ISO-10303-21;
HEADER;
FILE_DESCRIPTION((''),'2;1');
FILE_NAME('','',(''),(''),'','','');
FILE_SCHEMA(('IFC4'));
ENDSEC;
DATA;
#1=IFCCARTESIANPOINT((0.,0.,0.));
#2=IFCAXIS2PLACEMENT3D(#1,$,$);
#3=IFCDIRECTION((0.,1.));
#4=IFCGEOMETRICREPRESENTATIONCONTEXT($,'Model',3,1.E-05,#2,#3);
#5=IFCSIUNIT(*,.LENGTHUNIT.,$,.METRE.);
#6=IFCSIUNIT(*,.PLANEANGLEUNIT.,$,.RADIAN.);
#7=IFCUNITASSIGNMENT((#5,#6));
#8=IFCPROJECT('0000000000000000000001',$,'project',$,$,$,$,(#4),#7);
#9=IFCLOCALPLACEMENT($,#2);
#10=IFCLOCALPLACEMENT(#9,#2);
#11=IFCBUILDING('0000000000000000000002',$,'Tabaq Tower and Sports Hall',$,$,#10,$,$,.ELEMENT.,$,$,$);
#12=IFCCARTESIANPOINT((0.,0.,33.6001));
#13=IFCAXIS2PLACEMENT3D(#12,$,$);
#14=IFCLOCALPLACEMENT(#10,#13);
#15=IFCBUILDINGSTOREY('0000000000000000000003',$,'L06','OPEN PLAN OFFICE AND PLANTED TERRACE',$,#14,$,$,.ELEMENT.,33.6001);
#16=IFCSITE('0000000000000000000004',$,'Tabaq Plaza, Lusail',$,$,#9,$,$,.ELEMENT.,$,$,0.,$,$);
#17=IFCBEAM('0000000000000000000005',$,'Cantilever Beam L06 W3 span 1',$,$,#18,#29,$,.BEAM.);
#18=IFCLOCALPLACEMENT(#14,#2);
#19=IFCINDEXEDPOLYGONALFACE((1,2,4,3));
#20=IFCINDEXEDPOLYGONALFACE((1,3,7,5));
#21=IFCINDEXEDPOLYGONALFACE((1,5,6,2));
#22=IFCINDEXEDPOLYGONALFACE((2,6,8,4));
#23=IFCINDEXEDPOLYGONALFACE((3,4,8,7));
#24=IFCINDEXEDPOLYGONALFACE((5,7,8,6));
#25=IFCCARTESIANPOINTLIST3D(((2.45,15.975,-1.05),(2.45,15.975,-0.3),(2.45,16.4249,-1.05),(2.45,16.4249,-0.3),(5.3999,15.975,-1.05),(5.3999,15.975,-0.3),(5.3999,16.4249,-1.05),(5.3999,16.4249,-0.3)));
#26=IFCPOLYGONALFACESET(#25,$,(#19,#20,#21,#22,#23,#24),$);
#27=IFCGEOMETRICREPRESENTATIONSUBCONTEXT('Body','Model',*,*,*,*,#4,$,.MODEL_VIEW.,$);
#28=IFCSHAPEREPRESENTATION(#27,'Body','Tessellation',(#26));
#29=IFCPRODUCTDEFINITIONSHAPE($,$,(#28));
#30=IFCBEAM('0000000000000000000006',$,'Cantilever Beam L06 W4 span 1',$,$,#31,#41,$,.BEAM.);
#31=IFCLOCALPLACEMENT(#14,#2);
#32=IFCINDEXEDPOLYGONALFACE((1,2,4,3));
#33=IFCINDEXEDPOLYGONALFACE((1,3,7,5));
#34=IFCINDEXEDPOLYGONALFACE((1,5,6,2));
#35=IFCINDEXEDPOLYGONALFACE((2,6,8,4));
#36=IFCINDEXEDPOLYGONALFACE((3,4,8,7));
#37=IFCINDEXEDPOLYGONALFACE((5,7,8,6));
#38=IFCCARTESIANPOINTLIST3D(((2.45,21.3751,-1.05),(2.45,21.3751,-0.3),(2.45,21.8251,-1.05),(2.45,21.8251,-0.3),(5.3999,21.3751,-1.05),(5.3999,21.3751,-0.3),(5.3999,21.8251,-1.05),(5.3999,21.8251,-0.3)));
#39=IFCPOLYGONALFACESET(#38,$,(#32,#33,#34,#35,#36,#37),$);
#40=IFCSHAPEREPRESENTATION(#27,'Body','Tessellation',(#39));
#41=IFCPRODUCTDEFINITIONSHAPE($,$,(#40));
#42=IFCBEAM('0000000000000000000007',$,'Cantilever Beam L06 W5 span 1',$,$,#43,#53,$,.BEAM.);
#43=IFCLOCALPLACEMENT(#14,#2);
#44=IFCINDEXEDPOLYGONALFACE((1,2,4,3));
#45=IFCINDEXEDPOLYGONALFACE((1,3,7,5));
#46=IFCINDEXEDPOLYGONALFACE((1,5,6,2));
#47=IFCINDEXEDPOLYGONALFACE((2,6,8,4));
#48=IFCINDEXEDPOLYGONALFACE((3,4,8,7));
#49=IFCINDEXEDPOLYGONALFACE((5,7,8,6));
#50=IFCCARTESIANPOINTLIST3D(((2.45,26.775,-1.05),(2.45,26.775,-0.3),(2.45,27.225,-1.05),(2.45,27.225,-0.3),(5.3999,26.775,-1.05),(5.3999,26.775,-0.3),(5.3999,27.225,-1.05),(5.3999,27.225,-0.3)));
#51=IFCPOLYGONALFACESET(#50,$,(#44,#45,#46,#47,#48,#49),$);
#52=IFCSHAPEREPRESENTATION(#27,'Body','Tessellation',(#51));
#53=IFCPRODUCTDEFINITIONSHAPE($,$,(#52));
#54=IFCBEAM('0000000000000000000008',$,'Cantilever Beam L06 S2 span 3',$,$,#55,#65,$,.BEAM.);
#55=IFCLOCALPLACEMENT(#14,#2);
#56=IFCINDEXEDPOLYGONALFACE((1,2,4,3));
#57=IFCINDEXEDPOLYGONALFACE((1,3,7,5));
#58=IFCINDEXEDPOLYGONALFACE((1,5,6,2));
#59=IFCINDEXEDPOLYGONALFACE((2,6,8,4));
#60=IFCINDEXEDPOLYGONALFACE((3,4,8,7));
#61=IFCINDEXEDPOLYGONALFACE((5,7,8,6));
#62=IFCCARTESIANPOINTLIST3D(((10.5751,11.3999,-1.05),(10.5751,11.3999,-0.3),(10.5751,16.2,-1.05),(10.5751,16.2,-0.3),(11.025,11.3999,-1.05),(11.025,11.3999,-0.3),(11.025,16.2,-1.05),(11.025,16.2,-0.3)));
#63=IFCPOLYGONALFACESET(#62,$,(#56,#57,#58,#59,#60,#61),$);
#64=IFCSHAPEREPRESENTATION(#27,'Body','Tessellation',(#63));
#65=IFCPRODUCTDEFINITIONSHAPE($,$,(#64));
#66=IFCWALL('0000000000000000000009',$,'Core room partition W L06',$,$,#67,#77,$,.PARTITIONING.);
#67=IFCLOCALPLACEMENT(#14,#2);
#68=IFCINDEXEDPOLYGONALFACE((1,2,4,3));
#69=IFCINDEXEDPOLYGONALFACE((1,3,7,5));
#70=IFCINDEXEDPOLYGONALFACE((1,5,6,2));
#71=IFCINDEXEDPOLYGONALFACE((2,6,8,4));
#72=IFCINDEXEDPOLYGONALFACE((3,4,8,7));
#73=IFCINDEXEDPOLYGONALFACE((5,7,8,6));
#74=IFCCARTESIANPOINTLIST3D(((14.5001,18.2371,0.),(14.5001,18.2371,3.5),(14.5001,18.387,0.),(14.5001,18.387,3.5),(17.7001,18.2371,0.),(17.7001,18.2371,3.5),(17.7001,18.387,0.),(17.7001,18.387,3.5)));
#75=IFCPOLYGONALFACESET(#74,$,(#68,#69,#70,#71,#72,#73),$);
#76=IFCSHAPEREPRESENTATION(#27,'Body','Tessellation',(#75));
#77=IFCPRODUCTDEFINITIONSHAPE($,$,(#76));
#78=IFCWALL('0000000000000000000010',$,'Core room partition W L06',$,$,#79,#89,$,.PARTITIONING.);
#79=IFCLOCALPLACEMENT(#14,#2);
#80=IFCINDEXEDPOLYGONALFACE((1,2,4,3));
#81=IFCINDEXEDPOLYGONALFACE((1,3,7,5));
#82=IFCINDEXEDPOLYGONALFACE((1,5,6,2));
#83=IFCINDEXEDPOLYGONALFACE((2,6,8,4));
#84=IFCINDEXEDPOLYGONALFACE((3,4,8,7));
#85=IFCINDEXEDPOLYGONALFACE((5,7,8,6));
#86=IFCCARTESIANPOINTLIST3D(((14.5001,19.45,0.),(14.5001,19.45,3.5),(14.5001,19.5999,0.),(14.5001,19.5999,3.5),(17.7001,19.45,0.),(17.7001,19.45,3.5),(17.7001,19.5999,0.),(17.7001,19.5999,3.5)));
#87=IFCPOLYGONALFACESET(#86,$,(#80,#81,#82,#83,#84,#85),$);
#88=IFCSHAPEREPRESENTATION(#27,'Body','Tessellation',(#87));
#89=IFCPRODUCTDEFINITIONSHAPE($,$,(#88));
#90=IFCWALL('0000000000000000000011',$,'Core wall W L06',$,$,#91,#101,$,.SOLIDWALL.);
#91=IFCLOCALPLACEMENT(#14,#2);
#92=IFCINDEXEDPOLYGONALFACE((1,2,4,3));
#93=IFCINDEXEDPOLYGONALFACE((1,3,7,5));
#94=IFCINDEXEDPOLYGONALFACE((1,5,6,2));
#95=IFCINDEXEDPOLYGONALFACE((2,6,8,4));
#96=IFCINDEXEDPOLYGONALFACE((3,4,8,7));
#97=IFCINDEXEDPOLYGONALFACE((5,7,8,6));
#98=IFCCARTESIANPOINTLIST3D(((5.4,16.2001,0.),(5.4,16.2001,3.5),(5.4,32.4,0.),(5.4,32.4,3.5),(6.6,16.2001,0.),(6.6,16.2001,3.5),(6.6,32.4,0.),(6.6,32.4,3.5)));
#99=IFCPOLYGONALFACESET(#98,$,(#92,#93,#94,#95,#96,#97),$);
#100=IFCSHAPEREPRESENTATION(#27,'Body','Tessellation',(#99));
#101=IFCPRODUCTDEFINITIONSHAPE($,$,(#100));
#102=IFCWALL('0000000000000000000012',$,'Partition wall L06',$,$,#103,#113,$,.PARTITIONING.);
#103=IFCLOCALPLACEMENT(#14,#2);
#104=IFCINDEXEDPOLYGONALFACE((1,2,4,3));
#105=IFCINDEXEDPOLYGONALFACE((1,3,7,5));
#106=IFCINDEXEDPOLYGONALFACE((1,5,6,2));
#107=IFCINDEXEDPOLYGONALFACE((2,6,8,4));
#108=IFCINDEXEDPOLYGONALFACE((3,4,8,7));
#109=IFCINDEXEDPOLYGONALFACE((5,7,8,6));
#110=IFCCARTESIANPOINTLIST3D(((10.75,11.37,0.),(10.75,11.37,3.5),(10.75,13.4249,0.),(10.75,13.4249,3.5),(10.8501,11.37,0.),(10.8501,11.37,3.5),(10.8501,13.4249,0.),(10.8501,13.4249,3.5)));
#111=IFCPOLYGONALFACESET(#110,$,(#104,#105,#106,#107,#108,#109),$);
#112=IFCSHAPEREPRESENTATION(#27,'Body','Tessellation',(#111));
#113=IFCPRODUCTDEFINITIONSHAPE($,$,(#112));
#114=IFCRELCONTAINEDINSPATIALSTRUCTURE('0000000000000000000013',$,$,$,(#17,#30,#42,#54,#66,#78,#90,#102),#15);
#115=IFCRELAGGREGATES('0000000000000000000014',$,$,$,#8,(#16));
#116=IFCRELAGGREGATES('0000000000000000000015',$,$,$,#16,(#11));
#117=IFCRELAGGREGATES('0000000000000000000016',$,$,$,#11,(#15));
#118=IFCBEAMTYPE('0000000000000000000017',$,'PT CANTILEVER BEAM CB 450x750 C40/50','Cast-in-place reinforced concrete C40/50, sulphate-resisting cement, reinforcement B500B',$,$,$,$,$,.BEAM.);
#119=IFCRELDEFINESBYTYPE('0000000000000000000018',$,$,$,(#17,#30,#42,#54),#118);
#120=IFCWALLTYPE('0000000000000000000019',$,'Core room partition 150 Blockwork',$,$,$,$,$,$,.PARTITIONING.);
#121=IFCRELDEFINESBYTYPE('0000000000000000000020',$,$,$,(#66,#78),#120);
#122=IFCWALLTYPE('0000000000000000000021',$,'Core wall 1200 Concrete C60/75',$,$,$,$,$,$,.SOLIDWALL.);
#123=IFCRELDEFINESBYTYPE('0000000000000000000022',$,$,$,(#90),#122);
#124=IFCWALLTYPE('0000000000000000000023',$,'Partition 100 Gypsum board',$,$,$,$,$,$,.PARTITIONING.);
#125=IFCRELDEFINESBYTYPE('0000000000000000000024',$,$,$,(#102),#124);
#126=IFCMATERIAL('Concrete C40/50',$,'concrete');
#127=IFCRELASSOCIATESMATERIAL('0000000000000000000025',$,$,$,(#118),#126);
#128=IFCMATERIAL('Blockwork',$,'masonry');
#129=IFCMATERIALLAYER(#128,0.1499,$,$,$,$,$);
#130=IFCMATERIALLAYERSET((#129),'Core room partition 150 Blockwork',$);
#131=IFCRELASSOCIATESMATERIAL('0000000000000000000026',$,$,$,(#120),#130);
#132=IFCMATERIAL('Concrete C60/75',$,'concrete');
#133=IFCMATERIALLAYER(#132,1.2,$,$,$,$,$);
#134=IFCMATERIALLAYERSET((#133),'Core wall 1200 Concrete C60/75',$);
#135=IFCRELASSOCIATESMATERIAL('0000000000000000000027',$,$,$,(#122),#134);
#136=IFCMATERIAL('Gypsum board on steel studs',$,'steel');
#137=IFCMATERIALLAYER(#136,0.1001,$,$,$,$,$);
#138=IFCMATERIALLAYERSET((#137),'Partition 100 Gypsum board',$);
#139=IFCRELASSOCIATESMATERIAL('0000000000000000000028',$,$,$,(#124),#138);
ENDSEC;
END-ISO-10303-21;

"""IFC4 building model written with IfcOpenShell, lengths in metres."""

from ifc_helpers import new_model, si_unit, direction, frame, frame_2d, origin, origin_2d, place, context, subcontext, project, spatial, rectangle, extrude, material, layer, layer_set, material_profile, profile_set, type_object, element, save


model = new_model("IFC4")

# Units and contexts
model_context = context("Model", 3, precision=1e-05, world=origin(), true_north=direction((0.0, 1.0)))
body_context = subcontext(model_context, "Body", "Model", "MODEL_VIEW")
ifc_project = project(units=[si_unit("LENGTHUNIT", "METRE"), si_unit("PLANEANGLEUNIT", "RADIAN")], contexts=[model_context])

# Site, building, storey
site_placement = place(None, origin())
site = spatial("IfcSite", under=ifc_project, at=site_placement, Name="Tabaq Plaza, Lusail", CompositionType="ELEMENT", RefElevation=0.0)
building_placement = place(site_placement, origin())
building = spatial("IfcBuilding", under=site, at=building_placement, Name="Tabaq Tower and Sports Hall", CompositionType="ELEMENT")
storey_placement = place(building_placement, frame((0.0, 0.0, 33.6001)))
storey = spatial("IfcBuildingStorey", under=building, at=storey_placement, Name="L06", Description="OPEN PLAN OFFICE AND PLANTED TERRACE", CompositionType="ELEMENT", Elevation=33.6001)

# Beams
ifc_material_1 = material(Name="Concrete C40/50", Category="concrete")
ifc_material_profile = material_profile(ifc_material_1, rectangle(XDim=0.45, YDim=0.75, at=origin_2d()), Name="CB 450x750")
ifc_profile_set = profile_set([ifc_material_profile], Name="Concrete C40/50")
beam_type = type_object("IfcBeamType", Name="PT CANTILEVER BEAM CB 450x750 C40/50", Description="Cast-in-place reinforced concrete C40/50, sulphate-resisting cement, reinforcement B500B", PredefinedType="BEAM", material=ifc_profile_set)
for number, where, z_axis, x_axis, name in (
    (1, (2.45, 16.2, -0.675), (1.0, 0.0, 0.0), (0.0, 1.0, 0.0), "Cantilever Beam L06 W3 span 1"),
    (2, (2.45, 21.6001, -0.675), (1.0, 0.0, 0.0), (0.0, 1.0, 0.0), "Cantilever Beam L06 W4 span 1"),
    (3, (2.45, 27.0, -0.675), (1.0, 0.0, 0.0), (0.0, 1.0, 0.0), "Cantilever Beam L06 W5 span 1"),
):
    element("IfcBeam", number, at=place(storey_placement, frame(where, z_axis=z_axis, x_axis=x_axis)), inside=storey, type_object=beam_type, Name=name, PredefinedType="BEAM", context=body_context, shape_type="SweptSolid", body=[
        extrude(rectangle(XDim=0.45, YDim=0.75, at=origin_2d()), origin(), (0.0, 0.0, 1.0), 2.95),
    ])
beam_placement = place(storey_placement, frame((10.8, 11.3999, -0.675), z_axis=(0.0, 1.0, 0.0), x_axis=(-1.0, 0.0, 0.0)))
element("IfcBeam", 4, at=beam_placement, inside=storey, type_object=beam_type, Name="Cantilever Beam L06 S2 span 3", PredefinedType="BEAM", context=body_context, shape_type="SweptSolid", body=[
    extrude(rectangle(XDim=0.45, YDim=0.75, at=origin_2d()), origin(), (0.0, 0.0, 1.0), 4.8),
])

# Walls
ifc_material_2 = material(Name="Blockwork", Category="masonry")
ifc_layer_1 = layer(ifc_material_2, 0.1499)
ifc_layer_set_1 = layer_set([ifc_layer_1], Name="Core room partition 150 Blockwork")
wall_type_1 = type_object("IfcWallType", Name="Core room partition 150 Blockwork", PredefinedType="PARTITIONING", material=ifc_layer_set_1)
for number, where, z_axis, x_axis, name in (
    (5, (14.5, 18.312, 0.0), (0.0, 0.0, 1.0), (1.0, 0.0, 0.0), "Core room partition W L06"),
    (6, (14.5, 19.5249, 0.0), (0.0, 0.0, 1.0), (1.0, 0.0, 0.0), "Core room partition W L06"),
):
    element("IfcWall", number, at=place(storey_placement, frame(where, z_axis=z_axis, x_axis=x_axis)), inside=storey, type_object=wall_type_1, Name=name, PredefinedType="PARTITIONING", context=body_context, shape_type="SweptSolid", body=[
        extrude(rectangle(XDim=3.2, YDim=0.1499, at=frame_2d((1.6001, 0.0))), origin(), (0.0, 0.0, 1.0), 3.5),
    ])
ifc_material_3 = material(Name="Concrete C60/75", Category="concrete")
ifc_layer_2 = layer(ifc_material_3, 1.2)
ifc_layer_set_2 = layer_set([ifc_layer_2], Name="Core wall 1200 Concrete C60/75")
wall_type_2 = type_object("IfcWallType", Name="Core wall 1200 Concrete C60/75", PredefinedType="SOLIDWALL", material=ifc_layer_set_2)
wall_1_placement = place(storey_placement, frame((6.0, 16.2, 0.0), z_axis=(0.0, 0.0, 1.0), x_axis=(0.0, 1.0, 0.0)))
element("IfcWall", 7, at=wall_1_placement, inside=storey, type_object=wall_type_2, Name="Core wall W L06", PredefinedType="SOLIDWALL", context=body_context, shape_type="SweptSolid", body=[
    extrude(rectangle(XDim=16.2, YDim=1.2, at=frame_2d((8.1001, 0.0))), origin(), (0.0, 0.0, 1.0), 3.5),
])
ifc_material_4 = material(Name="Gypsum board on steel studs", Category="steel")
ifc_layer_3 = layer(ifc_material_4, 0.1001)
ifc_layer_set_3 = layer_set([ifc_layer_3], Name="Partition 100 Gypsum board")
wall_type_3 = type_object("IfcWallType", Name="Partition 100 Gypsum board", PredefinedType="PARTITIONING", material=ifc_layer_set_3)
wall_2_placement = place(storey_placement, frame((10.8, 11.3701, 0.0), z_axis=(0.0, 0.0, 1.0), x_axis=(0.0, 1.0, 0.0)))
element("IfcWall", 8, at=wall_2_placement, inside=storey, type_object=wall_type_3, Name="Partition wall L06", PredefinedType="PARTITIONING", context=body_context, shape_type="SweptSolid", body=[
    extrude(rectangle(XDim=2.0549, YDim=0.1001, at=frame_2d((1.0273, 0.0))), origin(), (0.0, 0.0, 1.0), 3.5),
])

save(model, "model.ifc")
